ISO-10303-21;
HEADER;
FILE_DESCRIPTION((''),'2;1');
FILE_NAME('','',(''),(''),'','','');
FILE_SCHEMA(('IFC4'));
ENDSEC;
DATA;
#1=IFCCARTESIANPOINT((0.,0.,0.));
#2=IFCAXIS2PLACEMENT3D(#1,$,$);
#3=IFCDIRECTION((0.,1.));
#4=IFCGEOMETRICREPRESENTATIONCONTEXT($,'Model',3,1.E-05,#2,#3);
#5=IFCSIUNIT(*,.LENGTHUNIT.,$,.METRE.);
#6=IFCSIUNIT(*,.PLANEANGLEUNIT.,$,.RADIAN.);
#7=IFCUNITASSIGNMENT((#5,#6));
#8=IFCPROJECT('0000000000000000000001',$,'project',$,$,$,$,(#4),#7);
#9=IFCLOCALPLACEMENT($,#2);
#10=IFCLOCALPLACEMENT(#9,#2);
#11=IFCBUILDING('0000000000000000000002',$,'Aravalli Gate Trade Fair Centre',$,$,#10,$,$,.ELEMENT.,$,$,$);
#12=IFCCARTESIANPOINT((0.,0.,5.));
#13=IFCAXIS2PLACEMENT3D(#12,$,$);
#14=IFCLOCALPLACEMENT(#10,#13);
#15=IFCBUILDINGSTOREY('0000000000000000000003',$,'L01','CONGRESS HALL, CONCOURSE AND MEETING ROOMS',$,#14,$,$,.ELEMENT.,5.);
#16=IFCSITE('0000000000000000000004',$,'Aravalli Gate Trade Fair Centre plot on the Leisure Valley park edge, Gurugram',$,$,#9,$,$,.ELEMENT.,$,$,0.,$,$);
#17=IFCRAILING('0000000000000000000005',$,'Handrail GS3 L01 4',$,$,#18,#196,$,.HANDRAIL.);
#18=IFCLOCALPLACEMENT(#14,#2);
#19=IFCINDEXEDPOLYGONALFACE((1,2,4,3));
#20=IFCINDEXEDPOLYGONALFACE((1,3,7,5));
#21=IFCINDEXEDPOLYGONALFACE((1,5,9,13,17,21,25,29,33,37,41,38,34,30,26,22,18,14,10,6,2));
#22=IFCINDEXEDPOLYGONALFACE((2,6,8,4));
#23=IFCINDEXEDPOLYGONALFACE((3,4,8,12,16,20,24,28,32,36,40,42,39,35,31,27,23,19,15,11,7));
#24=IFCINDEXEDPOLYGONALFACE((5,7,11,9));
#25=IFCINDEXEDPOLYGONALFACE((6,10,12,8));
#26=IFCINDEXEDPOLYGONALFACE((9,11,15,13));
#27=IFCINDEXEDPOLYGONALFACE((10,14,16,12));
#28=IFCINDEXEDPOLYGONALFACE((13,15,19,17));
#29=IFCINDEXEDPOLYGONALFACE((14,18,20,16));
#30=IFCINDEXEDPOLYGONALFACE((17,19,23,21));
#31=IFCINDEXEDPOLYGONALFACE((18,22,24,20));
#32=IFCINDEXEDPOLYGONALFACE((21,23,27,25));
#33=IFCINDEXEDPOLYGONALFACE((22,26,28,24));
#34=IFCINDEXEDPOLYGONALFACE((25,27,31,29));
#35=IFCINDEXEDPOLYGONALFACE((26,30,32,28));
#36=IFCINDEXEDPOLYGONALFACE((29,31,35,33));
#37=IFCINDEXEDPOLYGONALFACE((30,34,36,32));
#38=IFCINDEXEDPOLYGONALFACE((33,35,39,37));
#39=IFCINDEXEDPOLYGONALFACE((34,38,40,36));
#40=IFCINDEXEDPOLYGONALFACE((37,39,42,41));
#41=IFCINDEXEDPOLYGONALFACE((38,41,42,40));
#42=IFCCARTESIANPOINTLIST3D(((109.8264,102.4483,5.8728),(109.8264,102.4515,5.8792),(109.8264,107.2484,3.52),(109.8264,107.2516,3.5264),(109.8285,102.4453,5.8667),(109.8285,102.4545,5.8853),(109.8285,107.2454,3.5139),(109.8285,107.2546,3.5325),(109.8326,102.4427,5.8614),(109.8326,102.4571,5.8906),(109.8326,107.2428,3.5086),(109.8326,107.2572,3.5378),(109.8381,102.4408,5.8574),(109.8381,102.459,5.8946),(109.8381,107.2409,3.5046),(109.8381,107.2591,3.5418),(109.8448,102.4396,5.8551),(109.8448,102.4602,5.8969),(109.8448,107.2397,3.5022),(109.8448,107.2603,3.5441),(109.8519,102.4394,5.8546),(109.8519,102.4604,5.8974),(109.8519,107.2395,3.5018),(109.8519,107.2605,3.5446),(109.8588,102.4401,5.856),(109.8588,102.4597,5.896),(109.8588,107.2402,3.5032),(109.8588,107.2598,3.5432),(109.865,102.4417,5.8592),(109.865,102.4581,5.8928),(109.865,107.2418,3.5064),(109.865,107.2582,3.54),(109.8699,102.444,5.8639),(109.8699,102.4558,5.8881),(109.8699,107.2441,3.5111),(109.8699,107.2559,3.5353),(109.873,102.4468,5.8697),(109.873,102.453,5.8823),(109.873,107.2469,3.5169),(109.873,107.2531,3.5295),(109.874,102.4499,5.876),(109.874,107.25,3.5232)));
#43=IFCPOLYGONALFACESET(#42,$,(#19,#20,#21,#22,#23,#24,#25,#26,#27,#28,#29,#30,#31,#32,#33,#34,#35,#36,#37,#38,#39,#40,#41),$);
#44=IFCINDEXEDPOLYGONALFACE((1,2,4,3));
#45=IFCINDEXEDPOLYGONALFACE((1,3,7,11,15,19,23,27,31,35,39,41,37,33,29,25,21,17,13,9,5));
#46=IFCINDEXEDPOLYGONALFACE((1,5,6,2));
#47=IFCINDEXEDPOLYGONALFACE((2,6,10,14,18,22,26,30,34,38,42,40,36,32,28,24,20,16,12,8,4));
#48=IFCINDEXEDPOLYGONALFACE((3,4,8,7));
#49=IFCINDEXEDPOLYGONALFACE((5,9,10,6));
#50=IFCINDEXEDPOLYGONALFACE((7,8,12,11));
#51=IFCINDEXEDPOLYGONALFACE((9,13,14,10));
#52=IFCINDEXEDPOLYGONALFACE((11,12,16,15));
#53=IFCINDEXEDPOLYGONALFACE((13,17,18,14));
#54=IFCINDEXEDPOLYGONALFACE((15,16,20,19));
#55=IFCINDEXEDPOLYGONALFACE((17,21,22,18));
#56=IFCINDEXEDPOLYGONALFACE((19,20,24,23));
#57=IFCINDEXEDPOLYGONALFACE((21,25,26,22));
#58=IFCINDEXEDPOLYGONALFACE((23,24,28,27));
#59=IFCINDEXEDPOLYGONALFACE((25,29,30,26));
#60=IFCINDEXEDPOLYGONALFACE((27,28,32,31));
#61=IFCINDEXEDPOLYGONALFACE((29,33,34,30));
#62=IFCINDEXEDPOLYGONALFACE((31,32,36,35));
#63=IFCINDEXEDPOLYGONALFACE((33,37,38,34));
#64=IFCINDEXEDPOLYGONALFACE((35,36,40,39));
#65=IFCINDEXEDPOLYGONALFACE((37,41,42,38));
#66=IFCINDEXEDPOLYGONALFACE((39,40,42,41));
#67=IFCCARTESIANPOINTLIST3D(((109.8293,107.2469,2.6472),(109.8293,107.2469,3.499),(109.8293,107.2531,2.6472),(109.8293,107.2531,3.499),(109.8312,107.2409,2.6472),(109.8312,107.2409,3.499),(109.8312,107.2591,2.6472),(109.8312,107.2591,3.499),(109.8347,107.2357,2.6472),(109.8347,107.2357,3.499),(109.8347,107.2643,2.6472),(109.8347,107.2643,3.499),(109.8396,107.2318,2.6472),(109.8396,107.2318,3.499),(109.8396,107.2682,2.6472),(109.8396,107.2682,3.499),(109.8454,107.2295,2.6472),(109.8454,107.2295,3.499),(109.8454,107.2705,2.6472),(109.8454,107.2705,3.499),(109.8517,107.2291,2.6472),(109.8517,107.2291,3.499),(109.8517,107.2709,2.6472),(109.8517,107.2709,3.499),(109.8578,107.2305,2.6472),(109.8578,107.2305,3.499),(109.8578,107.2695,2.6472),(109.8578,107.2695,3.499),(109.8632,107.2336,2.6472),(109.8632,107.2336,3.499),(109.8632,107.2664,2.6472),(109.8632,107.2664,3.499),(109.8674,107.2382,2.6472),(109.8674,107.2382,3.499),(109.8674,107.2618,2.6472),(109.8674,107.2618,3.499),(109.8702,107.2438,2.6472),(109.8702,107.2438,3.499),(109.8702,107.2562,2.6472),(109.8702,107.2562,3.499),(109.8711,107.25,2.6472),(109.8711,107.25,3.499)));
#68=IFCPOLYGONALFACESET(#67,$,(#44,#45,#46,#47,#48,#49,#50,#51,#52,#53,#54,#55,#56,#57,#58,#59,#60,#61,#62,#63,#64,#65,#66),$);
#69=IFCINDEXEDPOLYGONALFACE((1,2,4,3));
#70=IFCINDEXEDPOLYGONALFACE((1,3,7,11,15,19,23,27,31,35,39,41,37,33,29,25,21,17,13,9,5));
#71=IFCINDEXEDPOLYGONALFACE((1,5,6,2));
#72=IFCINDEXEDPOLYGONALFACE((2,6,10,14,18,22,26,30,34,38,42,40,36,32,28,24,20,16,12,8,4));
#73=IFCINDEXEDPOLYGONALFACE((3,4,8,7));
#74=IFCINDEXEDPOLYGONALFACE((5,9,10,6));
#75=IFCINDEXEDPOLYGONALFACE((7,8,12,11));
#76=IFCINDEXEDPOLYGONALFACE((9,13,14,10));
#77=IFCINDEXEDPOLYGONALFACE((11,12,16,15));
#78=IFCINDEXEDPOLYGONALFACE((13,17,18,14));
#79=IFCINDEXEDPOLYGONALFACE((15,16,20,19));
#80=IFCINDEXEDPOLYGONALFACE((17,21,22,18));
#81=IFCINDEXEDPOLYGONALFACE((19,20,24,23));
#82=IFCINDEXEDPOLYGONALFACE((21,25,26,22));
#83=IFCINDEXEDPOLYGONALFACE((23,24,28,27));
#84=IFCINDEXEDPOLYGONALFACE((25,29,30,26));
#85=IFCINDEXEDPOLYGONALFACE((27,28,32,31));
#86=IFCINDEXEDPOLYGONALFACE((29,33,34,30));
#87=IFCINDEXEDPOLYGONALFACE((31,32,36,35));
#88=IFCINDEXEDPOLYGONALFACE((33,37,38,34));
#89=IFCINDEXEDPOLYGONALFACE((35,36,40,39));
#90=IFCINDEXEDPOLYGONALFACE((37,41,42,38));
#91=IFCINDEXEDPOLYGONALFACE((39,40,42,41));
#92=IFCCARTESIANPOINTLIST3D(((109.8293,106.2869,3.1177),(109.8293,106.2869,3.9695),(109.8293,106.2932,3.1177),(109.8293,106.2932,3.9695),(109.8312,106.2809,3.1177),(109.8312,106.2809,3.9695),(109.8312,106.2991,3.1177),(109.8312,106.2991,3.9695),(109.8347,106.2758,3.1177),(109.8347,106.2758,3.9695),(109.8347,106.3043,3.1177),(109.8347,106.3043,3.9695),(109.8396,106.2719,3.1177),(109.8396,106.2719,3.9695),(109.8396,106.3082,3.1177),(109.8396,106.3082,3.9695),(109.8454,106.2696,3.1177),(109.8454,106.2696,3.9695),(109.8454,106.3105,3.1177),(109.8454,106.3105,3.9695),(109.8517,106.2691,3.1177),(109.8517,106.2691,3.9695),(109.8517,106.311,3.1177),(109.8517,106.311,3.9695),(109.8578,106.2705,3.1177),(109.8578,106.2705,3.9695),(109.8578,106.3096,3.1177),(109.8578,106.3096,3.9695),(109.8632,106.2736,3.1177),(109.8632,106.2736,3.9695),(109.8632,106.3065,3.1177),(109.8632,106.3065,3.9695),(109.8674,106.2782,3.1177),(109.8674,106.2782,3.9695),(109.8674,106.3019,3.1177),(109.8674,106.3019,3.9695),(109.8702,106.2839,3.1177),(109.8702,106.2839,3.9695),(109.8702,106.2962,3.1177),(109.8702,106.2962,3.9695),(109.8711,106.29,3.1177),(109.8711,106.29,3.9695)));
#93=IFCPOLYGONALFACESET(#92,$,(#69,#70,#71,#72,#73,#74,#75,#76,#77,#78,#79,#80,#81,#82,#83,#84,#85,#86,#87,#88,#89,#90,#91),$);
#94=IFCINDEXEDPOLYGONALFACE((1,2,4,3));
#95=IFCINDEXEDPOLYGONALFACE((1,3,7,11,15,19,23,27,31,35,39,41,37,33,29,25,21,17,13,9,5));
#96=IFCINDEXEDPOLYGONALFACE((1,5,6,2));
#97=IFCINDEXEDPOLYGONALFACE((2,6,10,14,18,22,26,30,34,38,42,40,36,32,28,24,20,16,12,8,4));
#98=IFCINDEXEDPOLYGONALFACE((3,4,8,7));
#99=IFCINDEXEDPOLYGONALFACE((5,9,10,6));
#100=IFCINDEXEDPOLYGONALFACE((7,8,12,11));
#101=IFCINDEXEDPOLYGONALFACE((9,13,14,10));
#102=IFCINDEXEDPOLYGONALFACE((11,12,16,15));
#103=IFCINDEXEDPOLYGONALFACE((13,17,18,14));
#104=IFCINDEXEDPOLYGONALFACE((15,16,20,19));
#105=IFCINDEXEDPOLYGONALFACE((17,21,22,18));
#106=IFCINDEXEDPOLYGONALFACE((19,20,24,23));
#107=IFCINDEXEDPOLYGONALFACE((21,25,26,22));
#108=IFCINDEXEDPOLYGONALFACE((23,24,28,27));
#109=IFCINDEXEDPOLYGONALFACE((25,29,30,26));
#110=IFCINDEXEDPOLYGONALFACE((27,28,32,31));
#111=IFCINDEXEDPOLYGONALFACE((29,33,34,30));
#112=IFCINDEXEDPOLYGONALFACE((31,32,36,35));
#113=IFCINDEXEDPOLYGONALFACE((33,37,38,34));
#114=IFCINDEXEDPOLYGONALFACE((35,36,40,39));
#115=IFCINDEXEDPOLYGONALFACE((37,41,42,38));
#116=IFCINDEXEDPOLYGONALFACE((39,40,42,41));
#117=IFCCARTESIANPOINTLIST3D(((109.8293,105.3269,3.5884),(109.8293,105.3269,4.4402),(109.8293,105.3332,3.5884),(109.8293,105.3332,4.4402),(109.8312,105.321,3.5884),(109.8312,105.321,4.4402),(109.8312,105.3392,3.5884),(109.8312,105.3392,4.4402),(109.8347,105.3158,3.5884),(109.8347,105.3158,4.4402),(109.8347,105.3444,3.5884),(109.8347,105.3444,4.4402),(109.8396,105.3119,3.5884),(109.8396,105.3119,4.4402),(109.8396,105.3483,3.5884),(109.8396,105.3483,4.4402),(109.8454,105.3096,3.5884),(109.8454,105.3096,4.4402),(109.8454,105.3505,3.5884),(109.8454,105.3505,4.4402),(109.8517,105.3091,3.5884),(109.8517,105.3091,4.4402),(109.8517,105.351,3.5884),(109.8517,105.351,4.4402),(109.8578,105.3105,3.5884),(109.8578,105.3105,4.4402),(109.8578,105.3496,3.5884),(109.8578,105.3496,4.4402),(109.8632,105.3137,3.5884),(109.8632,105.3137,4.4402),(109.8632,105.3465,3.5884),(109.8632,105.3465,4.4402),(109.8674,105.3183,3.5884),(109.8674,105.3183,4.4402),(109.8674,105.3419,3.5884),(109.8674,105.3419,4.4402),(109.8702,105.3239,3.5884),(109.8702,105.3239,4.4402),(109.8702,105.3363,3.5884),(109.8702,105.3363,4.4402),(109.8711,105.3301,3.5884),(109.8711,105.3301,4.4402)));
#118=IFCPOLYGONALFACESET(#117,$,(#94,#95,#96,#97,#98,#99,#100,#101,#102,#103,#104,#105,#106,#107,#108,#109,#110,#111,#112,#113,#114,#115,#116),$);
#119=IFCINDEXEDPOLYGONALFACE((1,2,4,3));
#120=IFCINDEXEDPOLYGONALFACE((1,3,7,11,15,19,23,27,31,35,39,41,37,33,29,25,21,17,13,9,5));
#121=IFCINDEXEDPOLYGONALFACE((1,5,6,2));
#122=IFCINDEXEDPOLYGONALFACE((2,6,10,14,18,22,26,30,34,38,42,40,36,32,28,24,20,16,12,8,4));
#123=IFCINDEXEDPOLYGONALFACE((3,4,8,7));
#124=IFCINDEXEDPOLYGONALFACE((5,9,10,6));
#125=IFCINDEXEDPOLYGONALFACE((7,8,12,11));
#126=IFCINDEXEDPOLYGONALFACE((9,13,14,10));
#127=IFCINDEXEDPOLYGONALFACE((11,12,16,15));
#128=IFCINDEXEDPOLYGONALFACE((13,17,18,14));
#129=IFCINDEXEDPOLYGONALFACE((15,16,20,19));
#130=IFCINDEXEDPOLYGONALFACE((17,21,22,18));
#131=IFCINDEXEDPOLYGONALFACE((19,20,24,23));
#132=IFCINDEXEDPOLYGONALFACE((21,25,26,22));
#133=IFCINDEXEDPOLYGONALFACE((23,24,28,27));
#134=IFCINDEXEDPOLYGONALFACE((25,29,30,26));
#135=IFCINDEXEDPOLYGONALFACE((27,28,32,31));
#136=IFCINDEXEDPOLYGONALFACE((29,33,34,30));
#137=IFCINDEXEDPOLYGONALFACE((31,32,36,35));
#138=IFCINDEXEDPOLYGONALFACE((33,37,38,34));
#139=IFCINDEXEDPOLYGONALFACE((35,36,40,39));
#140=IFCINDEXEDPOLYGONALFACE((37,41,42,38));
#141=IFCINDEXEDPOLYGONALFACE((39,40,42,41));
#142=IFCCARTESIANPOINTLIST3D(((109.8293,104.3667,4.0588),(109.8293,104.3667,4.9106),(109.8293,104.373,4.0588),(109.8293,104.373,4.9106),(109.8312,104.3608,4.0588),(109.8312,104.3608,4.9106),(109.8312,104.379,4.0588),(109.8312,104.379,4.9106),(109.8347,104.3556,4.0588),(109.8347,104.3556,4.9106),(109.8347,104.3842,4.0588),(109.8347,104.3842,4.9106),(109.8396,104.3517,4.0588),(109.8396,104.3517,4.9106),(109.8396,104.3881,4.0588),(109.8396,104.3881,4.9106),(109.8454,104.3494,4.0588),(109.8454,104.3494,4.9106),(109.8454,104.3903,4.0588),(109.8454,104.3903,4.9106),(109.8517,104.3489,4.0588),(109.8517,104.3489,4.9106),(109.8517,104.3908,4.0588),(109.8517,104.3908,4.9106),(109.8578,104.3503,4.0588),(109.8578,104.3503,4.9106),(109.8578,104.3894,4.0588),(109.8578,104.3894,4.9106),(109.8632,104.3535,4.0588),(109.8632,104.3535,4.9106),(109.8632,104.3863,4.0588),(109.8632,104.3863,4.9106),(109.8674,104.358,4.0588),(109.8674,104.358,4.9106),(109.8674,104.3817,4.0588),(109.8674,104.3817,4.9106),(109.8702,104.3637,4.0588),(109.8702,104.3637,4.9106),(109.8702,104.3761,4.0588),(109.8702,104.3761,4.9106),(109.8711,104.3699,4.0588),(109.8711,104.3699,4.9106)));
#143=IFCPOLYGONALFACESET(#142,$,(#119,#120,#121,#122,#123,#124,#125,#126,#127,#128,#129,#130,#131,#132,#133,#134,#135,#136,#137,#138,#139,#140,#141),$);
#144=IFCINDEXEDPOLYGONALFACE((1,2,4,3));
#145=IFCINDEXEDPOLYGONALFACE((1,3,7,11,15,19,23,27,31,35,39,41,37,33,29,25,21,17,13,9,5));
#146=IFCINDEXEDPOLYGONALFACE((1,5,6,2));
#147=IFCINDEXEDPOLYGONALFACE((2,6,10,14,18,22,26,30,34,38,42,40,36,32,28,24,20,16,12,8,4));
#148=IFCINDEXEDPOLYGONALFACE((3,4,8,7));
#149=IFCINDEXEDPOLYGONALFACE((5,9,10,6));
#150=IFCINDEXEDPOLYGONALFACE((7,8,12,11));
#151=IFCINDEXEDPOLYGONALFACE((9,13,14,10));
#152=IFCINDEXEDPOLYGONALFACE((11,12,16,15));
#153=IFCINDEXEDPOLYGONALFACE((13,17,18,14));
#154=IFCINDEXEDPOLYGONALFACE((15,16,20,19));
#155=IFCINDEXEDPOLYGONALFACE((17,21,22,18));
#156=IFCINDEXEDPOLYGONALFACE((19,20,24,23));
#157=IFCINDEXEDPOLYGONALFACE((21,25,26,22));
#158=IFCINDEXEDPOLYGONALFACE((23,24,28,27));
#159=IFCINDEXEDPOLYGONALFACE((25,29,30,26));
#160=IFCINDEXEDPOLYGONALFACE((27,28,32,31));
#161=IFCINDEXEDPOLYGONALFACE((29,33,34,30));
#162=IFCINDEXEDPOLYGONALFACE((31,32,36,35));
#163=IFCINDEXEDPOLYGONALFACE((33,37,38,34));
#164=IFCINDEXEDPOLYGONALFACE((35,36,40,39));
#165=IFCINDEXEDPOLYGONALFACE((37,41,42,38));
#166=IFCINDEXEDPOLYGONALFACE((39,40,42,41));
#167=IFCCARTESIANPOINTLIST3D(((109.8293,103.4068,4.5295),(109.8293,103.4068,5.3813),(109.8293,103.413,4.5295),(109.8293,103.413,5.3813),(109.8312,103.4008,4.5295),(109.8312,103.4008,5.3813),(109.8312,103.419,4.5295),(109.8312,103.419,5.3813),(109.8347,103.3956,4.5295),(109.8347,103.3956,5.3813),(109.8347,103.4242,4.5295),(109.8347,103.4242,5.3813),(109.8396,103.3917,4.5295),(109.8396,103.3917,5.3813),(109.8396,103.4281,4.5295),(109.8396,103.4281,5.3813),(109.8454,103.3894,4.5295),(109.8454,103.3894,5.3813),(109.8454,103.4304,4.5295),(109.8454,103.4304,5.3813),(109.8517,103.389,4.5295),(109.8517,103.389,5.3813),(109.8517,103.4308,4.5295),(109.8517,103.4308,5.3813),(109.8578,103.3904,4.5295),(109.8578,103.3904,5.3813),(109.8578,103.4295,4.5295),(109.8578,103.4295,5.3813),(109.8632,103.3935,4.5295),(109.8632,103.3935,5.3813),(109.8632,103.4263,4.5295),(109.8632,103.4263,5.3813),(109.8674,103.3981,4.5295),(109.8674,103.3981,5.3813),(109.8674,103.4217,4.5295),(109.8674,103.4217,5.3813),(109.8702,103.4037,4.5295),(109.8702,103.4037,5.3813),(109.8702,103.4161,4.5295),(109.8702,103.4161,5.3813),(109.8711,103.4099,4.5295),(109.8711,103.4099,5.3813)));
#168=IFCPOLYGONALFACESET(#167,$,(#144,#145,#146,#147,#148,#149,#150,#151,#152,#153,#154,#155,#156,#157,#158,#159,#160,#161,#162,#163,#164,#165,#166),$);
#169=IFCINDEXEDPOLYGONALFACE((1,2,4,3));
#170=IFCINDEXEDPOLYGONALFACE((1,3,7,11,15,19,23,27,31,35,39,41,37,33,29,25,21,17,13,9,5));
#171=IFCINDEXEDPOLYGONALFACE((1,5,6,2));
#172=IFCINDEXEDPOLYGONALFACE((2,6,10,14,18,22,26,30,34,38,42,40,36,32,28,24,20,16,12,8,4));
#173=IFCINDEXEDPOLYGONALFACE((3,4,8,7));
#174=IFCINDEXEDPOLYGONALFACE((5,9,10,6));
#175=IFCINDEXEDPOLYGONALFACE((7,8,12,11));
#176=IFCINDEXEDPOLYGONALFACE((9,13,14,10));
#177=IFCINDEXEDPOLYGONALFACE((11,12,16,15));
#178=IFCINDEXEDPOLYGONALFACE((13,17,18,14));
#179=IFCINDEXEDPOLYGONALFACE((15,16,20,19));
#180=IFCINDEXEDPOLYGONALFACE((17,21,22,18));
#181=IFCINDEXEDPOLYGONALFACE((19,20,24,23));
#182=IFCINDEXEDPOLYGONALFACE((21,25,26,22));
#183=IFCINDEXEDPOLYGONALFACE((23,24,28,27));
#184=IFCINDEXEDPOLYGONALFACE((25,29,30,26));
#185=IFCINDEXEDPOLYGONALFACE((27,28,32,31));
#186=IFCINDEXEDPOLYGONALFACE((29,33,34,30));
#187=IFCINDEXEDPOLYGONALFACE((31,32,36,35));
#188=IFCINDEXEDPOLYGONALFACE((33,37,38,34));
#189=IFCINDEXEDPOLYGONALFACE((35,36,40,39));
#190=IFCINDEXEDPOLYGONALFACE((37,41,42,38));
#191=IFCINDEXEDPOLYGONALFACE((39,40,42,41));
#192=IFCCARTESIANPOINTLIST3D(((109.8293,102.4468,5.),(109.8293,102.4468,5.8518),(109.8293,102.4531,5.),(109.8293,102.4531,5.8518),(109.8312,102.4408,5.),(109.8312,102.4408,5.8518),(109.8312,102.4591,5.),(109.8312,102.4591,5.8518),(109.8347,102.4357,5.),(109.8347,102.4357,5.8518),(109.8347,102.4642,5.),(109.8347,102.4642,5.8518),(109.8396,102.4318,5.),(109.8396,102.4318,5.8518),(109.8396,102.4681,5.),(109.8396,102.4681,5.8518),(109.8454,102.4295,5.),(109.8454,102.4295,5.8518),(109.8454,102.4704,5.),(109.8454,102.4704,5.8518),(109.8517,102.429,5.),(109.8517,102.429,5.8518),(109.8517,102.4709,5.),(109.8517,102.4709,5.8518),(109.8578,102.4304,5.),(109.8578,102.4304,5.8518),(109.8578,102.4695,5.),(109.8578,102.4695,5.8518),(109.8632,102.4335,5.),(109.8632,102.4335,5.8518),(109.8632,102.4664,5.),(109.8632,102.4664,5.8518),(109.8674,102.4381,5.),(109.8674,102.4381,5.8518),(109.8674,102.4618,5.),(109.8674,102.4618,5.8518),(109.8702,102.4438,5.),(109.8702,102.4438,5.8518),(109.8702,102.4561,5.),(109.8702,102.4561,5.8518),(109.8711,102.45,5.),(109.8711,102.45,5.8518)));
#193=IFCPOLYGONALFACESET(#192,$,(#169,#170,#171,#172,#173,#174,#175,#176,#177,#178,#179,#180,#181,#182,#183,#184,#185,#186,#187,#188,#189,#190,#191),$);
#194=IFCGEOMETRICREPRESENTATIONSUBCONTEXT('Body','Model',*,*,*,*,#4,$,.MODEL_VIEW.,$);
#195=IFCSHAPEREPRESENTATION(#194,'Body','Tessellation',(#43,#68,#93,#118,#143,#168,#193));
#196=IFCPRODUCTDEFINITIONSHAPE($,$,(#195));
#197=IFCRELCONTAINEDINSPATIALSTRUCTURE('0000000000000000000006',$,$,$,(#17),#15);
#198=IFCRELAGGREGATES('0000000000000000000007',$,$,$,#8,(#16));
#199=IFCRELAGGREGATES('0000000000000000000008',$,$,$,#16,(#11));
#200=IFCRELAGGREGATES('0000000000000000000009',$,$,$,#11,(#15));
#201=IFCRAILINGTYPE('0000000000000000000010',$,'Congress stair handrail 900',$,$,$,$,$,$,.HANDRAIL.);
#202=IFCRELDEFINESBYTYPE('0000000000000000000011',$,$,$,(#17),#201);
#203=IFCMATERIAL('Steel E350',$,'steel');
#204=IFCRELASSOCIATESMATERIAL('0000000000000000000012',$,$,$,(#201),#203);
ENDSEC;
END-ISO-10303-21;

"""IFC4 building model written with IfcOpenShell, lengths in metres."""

from ifc_helpers import new_model, si_unit, direction, frame, origin, origin_2d, place, context, subcontext, project, spatial, circle, extrude, material, type_object, element, save


model = new_model("IFC4")

# Units and contexts
model_context = context("Model", 3, precision=1e-05, world=origin(), true_north=direction((0.0, 1.0)))
body_context = subcontext(model_context, "Body", "Model", "MODEL_VIEW")
ifc_project = project(units=[si_unit("LENGTHUNIT", "METRE"), si_unit("PLANEANGLEUNIT", "RADIAN")], contexts=[model_context])

# Site, building, storey
site_placement = place(None, origin())
site = spatial("IfcSite", under=ifc_project, at=site_placement, Name="Aravalli Gate Trade Fair Centre plot on the Leisure Valley park edge, Gurugram", CompositionType="ELEMENT", RefElevation=0.0)
building_placement = place(site_placement, origin())
building = spatial("IfcBuilding", under=site, at=building_placement, Name="Aravalli Gate Trade Fair Centre", CompositionType="ELEMENT")
storey_placement = place(building_placement, frame((0.0, 0.0, 5.0)))
storey = spatial("IfcBuildingStorey", under=building, at=storey_placement, Name="L01", Description="CONGRESS HALL, CONCOURSE AND MEETING ROOMS", CompositionType="ELEMENT", Elevation=5.0)

# Railing
ifc_material_1 = material(Name="Steel E350", Category="steel")
railing_type_1 = type_object("IfcRailingType", Name="Congress stair handrail 900", PredefinedType="HANDRAIL", material=ifc_material_1)
for number, where, name in (
    (1, (109.8501, 107.25, 2.6472), "Handrail GS3 L01 4"),
):
    element("IfcRailing", number, at=place(storey_placement, frame(where)), inside=storey, type_object=railing_type_1, Name=name, PredefinedType="HANDRAIL", context=body_context, shape_type="SweptSolid", body=[
        extrude(circle(Radius=0.0239, at=origin_2d()), frame((0.0, 0.0, 0.876), z_axis=(0.0, -0.897934, 0.44013), x_axis=(1.0, 0.0, 0.0)), (0.0, 0.0, 1.0), 5.3457),
        extrude(circle(Radius=0.021, at=origin_2d()), origin(), (0.0, 0.0, 1.0), 0.8518),
        extrude(circle(Radius=0.021, at=origin_2d()), frame((0.0, -0.96, 0.4705)), (0.0, 0.0, 1.0), 0.8518),
        extrude(circle(Radius=0.021, at=origin_2d()), frame((0.0, -1.9199, 0.9412)), (0.0, 0.0, 1.0), 0.8518),
        extrude(circle(Radius=0.021, at=origin_2d()), frame((0.0, -2.8801, 1.4116)), (0.0, 0.0, 1.0), 0.8518),
        extrude(circle(Radius=0.021, at=origin_2d()), frame((0.0, -3.8401, 1.8823)), (0.0, 0.0, 1.0), 0.8518),
        extrude(circle(Radius=0.021, at=origin_2d()), frame((0.0, -4.8, 2.3528)), (0.0, 0.0, 1.0), 0.8518),
    ])

save(model, "model.ifc")
